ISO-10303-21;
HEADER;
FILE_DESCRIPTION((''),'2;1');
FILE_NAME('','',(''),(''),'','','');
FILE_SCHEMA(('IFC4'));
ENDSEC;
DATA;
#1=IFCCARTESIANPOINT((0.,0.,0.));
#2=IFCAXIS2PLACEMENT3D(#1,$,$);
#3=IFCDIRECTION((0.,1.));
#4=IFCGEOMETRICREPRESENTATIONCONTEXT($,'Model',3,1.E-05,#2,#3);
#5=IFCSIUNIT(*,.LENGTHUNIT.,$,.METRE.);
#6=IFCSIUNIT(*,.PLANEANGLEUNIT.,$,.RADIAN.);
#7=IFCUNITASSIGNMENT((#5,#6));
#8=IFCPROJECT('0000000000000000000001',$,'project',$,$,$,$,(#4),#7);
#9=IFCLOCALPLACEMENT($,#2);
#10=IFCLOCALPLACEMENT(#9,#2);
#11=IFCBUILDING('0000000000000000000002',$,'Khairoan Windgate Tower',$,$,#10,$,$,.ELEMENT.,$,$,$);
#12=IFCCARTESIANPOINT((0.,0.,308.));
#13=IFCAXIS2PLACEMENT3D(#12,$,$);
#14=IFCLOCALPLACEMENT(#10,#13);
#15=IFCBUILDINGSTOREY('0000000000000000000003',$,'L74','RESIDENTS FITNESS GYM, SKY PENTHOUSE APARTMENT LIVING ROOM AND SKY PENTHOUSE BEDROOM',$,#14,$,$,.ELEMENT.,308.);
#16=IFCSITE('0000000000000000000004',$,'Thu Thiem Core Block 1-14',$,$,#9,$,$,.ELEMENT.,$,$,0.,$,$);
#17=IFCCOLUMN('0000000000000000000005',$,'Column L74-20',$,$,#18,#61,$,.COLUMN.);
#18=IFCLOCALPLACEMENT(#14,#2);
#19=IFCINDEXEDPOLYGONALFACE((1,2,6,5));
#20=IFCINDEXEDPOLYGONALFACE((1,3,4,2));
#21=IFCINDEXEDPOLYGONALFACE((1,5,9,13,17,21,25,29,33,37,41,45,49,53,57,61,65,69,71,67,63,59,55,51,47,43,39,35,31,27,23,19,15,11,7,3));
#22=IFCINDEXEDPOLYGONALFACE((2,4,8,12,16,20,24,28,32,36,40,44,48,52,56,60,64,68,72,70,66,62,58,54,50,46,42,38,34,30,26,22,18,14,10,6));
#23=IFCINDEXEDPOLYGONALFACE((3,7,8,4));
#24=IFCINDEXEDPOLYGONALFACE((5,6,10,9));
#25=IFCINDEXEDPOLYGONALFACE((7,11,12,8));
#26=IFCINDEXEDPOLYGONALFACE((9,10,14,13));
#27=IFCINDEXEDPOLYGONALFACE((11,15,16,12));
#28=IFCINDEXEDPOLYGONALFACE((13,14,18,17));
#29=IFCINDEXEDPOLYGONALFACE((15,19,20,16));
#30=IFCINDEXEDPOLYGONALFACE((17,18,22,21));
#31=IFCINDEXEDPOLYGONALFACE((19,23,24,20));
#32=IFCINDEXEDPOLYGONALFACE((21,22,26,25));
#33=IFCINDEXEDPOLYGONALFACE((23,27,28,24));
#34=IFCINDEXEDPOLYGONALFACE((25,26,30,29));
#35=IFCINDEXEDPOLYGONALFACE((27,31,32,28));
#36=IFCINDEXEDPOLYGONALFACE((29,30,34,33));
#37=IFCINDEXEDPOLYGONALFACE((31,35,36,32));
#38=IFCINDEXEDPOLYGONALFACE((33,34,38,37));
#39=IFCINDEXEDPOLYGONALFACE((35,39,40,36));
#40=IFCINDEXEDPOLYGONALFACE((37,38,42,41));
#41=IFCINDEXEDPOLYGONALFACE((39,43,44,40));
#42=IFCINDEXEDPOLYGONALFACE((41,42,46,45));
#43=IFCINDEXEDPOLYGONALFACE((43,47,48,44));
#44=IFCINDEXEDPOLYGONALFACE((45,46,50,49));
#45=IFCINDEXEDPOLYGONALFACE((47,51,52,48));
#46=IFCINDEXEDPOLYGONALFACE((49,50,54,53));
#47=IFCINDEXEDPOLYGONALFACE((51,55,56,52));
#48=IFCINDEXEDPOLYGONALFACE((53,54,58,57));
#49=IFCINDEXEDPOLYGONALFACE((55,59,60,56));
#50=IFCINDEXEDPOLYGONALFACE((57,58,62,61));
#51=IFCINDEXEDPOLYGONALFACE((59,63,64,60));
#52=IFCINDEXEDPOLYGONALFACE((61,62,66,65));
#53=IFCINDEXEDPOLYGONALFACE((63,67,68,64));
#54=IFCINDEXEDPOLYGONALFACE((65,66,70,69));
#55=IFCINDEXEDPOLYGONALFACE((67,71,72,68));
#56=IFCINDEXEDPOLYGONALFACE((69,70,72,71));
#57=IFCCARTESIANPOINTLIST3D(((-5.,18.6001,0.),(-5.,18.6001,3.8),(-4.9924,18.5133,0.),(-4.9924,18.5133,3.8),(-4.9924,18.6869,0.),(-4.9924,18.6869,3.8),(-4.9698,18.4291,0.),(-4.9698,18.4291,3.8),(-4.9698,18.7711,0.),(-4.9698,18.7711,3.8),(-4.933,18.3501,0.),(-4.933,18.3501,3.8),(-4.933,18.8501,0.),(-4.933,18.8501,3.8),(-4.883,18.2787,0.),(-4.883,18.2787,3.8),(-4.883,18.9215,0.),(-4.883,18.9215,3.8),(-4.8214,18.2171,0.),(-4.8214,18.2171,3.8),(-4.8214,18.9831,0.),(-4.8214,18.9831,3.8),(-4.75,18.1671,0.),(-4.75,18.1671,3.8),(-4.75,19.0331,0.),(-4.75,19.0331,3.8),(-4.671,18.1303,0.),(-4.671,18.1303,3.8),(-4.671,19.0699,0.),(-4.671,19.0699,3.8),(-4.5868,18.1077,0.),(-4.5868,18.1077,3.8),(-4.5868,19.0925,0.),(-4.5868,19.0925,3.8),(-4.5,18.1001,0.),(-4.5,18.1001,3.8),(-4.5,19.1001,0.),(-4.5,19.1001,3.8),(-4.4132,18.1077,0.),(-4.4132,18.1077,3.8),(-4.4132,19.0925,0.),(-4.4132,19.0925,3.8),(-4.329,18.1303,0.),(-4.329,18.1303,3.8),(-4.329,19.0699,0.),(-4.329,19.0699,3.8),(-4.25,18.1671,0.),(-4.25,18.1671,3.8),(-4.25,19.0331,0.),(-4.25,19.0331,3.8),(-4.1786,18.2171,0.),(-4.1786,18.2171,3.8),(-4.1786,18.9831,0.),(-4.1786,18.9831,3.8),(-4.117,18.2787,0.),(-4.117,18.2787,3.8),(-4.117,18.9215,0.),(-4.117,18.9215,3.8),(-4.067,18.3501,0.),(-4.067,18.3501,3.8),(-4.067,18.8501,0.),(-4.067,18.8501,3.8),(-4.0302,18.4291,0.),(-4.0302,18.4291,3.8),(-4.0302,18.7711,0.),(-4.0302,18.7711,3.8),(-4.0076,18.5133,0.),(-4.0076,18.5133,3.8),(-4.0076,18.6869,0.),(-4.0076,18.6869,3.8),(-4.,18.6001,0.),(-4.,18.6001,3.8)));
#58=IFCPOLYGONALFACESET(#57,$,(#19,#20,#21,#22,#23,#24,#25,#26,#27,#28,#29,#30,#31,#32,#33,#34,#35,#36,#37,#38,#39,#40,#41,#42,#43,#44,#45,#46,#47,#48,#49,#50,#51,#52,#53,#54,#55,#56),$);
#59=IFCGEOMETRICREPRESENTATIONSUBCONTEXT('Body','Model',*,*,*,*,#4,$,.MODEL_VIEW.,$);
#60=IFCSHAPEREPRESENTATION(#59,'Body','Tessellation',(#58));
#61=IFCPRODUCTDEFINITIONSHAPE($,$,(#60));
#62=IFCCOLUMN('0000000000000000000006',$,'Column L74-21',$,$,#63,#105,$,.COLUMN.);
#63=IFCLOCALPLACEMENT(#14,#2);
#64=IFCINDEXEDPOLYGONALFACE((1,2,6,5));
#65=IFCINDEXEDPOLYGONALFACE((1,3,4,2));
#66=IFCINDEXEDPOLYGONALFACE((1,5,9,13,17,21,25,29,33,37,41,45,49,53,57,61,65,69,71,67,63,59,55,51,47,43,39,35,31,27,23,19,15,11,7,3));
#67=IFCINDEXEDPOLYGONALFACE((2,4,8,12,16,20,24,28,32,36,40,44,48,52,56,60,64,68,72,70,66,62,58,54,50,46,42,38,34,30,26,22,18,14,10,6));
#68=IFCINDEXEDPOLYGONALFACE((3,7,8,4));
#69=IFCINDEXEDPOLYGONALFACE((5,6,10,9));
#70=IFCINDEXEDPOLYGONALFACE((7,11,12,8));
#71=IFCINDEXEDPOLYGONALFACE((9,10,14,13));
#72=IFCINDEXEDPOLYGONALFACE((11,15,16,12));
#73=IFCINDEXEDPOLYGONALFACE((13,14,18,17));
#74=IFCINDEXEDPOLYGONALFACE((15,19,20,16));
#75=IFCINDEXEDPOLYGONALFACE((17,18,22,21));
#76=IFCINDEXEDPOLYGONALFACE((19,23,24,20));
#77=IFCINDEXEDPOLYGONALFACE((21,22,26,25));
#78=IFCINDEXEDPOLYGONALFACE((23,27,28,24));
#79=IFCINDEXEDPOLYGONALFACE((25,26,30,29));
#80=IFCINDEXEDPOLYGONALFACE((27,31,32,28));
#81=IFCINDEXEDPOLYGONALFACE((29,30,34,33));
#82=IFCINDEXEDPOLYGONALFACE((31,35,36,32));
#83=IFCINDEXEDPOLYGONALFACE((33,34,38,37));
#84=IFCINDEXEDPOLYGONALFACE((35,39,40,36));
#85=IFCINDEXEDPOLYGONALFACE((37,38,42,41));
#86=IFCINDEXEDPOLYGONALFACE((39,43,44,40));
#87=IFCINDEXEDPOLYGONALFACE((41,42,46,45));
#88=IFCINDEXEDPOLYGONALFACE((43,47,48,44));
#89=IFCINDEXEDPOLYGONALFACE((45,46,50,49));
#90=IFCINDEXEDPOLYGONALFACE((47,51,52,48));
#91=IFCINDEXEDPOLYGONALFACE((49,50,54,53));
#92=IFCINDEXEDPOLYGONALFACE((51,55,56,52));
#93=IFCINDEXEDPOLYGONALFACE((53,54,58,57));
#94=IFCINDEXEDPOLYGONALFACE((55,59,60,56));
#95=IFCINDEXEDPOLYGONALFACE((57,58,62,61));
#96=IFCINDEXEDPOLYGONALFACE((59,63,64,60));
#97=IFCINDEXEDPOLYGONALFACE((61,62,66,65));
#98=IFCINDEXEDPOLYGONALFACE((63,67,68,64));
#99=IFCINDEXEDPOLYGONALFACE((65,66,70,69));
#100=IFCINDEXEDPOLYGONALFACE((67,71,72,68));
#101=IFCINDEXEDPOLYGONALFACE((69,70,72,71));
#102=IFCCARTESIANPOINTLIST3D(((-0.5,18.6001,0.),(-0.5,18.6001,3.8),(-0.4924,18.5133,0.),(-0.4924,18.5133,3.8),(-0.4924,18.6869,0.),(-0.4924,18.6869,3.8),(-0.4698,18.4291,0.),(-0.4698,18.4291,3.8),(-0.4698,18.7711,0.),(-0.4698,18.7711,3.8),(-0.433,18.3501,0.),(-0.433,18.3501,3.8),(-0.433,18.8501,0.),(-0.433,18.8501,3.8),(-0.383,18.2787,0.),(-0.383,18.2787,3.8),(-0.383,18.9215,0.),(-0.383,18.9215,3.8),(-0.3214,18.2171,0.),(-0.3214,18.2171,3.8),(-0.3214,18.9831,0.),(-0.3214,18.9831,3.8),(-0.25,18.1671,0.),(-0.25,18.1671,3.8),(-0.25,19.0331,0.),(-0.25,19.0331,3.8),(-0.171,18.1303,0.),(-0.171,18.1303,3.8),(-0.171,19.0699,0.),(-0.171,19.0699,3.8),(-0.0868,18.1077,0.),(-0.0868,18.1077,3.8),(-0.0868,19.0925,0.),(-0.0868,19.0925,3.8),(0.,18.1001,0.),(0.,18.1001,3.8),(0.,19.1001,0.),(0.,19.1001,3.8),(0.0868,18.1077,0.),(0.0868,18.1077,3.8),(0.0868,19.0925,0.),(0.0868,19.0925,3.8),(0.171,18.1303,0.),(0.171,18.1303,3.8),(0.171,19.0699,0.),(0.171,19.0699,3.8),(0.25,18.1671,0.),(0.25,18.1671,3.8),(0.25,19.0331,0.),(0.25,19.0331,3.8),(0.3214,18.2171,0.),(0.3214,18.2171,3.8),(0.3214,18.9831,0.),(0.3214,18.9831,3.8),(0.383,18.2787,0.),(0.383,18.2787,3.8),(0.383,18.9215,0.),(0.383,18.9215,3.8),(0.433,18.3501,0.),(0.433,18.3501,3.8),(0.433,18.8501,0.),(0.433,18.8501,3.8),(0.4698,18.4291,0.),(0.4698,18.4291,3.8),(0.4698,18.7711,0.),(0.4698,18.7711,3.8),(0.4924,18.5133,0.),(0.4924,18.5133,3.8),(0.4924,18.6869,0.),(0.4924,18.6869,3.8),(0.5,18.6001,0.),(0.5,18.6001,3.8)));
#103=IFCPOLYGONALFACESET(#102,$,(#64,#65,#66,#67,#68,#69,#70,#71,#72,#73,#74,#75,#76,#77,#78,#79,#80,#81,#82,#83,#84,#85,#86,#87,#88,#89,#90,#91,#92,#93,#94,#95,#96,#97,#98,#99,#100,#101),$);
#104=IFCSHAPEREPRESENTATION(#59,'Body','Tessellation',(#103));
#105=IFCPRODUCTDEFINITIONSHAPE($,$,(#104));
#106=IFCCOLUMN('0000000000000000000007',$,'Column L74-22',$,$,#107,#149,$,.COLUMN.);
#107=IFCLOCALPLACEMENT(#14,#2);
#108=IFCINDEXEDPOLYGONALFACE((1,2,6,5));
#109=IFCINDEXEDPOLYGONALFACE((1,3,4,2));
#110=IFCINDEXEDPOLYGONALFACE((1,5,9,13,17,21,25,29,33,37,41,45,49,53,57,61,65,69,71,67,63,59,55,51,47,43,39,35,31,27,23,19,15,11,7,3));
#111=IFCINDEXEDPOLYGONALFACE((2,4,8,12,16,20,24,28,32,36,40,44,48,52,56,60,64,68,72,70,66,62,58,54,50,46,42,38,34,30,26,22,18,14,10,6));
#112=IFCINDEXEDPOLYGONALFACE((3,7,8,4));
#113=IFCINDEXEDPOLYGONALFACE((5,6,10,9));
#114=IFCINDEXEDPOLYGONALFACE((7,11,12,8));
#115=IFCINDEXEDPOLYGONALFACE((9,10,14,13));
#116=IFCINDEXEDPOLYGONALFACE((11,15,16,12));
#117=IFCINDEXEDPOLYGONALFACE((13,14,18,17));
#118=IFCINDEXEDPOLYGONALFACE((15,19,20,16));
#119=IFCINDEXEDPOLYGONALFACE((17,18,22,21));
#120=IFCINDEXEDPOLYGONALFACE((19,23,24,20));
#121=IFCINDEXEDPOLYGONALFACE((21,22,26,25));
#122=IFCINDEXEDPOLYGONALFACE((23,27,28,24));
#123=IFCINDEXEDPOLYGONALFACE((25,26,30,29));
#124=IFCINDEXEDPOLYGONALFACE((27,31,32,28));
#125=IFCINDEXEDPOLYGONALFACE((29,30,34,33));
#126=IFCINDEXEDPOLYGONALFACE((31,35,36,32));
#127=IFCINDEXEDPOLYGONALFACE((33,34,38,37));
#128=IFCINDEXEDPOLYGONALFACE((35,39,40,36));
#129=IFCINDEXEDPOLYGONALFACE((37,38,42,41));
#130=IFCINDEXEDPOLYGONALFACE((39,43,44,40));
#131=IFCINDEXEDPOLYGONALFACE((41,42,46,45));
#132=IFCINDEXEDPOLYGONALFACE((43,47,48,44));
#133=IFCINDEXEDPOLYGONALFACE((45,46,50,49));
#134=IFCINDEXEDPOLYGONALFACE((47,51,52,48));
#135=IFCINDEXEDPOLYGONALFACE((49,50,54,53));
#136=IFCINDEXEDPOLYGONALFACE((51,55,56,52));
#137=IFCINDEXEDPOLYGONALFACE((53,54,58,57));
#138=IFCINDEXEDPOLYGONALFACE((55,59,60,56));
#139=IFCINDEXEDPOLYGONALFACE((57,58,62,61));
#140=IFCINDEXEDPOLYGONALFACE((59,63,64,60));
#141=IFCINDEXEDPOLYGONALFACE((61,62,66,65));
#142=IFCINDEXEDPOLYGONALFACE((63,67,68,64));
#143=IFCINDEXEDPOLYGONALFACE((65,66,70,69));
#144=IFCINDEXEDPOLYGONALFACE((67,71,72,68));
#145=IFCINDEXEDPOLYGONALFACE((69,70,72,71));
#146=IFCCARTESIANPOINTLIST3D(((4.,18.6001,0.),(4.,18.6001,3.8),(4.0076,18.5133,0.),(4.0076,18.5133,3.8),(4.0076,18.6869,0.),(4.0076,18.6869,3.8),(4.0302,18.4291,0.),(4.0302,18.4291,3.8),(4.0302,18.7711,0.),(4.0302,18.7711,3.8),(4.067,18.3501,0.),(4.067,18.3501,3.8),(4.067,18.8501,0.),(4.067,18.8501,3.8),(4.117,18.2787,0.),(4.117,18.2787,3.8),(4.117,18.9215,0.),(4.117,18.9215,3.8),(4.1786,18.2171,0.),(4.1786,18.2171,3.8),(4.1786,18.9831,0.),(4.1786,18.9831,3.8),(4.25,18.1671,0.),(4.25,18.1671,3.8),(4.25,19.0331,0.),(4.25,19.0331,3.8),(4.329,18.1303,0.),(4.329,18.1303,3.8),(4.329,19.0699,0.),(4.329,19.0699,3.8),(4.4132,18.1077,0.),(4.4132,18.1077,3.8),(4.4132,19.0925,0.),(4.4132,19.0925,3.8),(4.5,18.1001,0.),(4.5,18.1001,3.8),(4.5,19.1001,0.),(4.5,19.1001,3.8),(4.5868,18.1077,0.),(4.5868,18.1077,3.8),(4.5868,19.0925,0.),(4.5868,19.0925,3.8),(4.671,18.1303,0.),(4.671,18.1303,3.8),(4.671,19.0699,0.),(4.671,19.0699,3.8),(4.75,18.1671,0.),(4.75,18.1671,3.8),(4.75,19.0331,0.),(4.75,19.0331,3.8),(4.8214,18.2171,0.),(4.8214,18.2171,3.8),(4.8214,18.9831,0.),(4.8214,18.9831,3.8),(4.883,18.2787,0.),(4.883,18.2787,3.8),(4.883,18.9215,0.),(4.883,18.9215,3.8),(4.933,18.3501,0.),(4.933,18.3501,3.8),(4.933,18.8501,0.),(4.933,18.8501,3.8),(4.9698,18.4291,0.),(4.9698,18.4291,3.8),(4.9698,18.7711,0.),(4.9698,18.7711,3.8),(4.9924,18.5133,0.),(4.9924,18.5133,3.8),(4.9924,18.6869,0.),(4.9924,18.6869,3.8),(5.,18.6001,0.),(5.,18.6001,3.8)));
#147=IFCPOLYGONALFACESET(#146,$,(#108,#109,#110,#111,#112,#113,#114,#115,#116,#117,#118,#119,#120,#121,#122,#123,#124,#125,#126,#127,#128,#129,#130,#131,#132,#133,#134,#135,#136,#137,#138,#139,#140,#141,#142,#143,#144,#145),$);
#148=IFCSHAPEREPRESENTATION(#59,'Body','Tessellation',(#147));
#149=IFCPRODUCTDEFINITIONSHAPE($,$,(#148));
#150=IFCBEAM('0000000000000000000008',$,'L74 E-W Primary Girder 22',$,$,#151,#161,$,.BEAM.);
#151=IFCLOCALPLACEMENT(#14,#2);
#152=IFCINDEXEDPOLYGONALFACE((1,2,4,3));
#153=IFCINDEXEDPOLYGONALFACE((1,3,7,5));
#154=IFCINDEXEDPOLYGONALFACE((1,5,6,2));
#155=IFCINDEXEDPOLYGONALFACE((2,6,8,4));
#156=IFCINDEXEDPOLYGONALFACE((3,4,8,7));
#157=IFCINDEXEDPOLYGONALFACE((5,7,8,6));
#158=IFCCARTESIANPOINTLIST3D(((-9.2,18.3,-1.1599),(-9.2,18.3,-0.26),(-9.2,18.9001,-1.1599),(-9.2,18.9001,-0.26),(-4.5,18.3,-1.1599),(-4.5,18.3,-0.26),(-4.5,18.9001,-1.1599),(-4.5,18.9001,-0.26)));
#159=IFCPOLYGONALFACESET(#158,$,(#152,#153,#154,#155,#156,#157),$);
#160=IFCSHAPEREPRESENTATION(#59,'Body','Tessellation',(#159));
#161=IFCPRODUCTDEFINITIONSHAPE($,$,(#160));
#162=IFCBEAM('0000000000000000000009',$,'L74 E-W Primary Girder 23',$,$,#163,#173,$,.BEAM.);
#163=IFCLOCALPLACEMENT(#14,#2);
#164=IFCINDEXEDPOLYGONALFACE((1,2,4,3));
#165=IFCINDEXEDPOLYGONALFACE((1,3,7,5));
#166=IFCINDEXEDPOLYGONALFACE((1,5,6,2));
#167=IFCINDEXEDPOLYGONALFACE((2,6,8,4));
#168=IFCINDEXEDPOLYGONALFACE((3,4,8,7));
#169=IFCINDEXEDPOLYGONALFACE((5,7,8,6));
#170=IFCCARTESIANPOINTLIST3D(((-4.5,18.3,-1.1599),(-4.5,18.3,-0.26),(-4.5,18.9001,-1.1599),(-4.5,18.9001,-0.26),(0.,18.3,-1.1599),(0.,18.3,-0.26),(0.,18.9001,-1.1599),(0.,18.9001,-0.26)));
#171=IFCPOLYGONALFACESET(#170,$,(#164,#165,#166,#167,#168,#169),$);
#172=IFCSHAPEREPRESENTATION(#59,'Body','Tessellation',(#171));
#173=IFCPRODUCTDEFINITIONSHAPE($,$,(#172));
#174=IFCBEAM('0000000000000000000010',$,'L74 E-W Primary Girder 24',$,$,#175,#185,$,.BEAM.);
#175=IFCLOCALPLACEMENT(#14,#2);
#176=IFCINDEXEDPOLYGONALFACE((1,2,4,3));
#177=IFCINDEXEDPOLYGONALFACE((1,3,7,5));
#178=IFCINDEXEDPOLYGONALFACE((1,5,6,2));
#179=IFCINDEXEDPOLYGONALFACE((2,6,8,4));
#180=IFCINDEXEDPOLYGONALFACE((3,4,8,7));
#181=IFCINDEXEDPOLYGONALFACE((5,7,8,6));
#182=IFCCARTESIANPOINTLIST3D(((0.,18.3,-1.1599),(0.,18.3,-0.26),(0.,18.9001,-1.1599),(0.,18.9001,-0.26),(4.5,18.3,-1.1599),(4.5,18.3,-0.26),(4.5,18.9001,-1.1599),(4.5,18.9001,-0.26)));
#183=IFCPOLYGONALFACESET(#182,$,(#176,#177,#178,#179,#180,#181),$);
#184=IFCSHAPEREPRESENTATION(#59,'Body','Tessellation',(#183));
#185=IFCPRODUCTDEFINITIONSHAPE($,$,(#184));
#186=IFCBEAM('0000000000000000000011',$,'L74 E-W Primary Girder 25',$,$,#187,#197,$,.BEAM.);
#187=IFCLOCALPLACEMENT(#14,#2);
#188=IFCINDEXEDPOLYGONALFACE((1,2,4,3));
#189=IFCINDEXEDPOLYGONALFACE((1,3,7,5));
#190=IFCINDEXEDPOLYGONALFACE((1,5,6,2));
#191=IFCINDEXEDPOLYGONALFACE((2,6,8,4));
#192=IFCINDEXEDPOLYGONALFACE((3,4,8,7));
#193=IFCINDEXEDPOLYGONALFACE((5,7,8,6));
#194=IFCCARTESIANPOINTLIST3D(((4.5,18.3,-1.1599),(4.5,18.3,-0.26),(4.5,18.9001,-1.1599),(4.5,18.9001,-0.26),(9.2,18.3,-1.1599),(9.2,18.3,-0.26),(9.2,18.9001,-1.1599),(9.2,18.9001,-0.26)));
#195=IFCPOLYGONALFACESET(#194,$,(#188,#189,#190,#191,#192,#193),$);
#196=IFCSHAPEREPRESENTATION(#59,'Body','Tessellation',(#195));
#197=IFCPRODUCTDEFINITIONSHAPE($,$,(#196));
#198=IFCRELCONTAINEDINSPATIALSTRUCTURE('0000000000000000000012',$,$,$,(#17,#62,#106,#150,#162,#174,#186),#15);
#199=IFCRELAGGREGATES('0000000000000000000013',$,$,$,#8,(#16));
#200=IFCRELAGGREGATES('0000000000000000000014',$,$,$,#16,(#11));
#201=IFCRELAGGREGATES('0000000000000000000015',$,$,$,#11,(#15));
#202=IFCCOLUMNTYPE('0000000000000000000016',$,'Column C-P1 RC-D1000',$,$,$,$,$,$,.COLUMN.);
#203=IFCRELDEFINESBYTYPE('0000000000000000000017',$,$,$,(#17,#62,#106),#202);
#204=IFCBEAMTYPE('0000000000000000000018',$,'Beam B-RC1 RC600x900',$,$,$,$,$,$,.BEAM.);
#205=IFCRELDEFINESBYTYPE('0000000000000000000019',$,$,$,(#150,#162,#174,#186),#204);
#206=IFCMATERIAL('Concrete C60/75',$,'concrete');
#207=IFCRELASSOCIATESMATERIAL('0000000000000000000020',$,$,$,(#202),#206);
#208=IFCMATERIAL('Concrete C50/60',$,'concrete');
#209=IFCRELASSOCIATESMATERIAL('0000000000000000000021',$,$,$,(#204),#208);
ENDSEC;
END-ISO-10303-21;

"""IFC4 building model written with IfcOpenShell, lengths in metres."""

from ifc_helpers import new_model, si_unit, direction, frame, origin, origin_2d, place, context, subcontext, project, spatial, rectangle, circle, extrude, material, material_profile, profile_set, type_object, element, save


model = new_model("IFC4")

# Units and contexts
model_context = context("Model", 3, precision=1e-05, world=origin(), true_north=direction((0.0, 1.0)))
body_context = subcontext(model_context, "Body", "Model", "MODEL_VIEW")
ifc_project = project(units=[si_unit("LENGTHUNIT", "METRE"), si_unit("PLANEANGLEUNIT", "RADIAN")], contexts=[model_context])

# Site, building, storey
site_placement = place(None, origin())
site = spatial("IfcSite", under=ifc_project, at=site_placement, Name="Thu Thiem Core Block 1-14", CompositionType="ELEMENT", RefElevation=0.0)
building_placement = place(site_placement, origin())
building = spatial("IfcBuilding", under=site, at=building_placement, Name="Khairoan Windgate Tower", CompositionType="ELEMENT")
storey_placement = place(building_placement, frame((0.0, 0.0, 308.0)))
storey = spatial("IfcBuildingStorey", under=building, at=storey_placement, Name="L74", Description="RESIDENTS FITNESS GYM, SKY PENTHOUSE APARTMENT LIVING ROOM AND SKY PENTHOUSE BEDROOM", CompositionType="ELEMENT", Elevation=308.0)

# Columns
ifc_material_1 = material(Name="Concrete C60/75", Category="concrete")
ifc_material_profile_1 = material_profile(ifc_material_1, circle(Radius=0.5, at=origin_2d()))
ifc_profile_set_1 = profile_set([ifc_material_profile_1], Name="Concrete C60/75")
column_type = type_object("IfcColumnType", Name="Column C-P1 RC-D1000", PredefinedType="COLUMN", material=ifc_profile_set_1)
for number, where, z_axis, x_axis, name in (
    (1, (-4.5, 18.6001, 0.0), (0.0, 0.0, 1.0), (1.0, 0.0, 0.0), "Column L74-20"),
    (2, (0.0, 18.6001, 0.0), (0.0, 0.0, 1.0), (1.0, 0.0, 0.0), "Column L74-21"),
    (3, (4.5, 18.6001, 0.0), (0.0, 0.0, 1.0), (1.0, 0.0, 0.0), "Column L74-22"),
):
    element("IfcColumn", number, at=place(storey_placement, frame(where, z_axis=z_axis, x_axis=x_axis)), inside=storey, type_object=column_type, Name=name, PredefinedType="COLUMN", context=body_context, shape_type="SweptSolid", body=[
        extrude(circle(Radius=0.5, at=origin_2d()), origin(), (0.0, 0.0, 1.0), 3.8),
    ])

# Beams
ifc_material_2 = material(Name="Concrete C50/60", Category="concrete")
ifc_material_profile_2 = material_profile(ifc_material_2, rectangle(XDim=0.6001, YDim=0.8999, at=origin_2d()))
ifc_profile_set_2 = profile_set([ifc_material_profile_2], Name="Concrete C50/60")
beam_type = type_object("IfcBeamType", Name="Beam B-RC1 RC600x900", PredefinedType="BEAM", material=ifc_profile_set_2)
beam_1_placement = place(storey_placement, frame((-9.2, 18.6001, -0.71), z_axis=(1.0, 0.0, 0.0), x_axis=(0.0, 1.0, 0.0)))
element("IfcBeam", 4, at=beam_1_placement, inside=storey, type_object=beam_type, Name="L74 E-W Primary Girder 22", PredefinedType="BEAM", context=body_context, shape_type="SweptSolid", body=[
    extrude(rectangle(XDim=0.6001, YDim=0.8999, at=origin_2d()), origin(), (0.0, 0.0, 1.0), 4.7),
])
for number, where, z_axis, x_axis, name in (
    (5, (-4.5, 18.6001, -0.71), (1.0, 0.0, 0.0), (0.0, 1.0, 0.0), "L74 E-W Primary Girder 23"),
    (6, (0.0, 18.6001, -0.71), (1.0, 0.0, 0.0), (0.0, 1.0, 0.0), "L74 E-W Primary Girder 24"),
):
    element("IfcBeam", number, at=place(storey_placement, frame(where, z_axis=z_axis, x_axis=x_axis)), inside=storey, type_object=beam_type, Name=name, PredefinedType="BEAM", context=body_context, shape_type="SweptSolid", body=[
        extrude(rectangle(XDim=0.6001, YDim=0.8999, at=origin_2d()), origin(), (0.0, 0.0, 1.0), 4.5),
    ])
beam_2_placement = place(storey_placement, frame((4.5, 18.6001, -0.71), z_axis=(1.0, 0.0, 0.0), x_axis=(0.0, 1.0, 0.0)))
element("IfcBeam", 7, at=beam_2_placement, inside=storey, type_object=beam_type, Name="L74 E-W Primary Girder 25", PredefinedType="BEAM", context=body_context, shape_type="SweptSolid", body=[
    extrude(rectangle(XDim=0.6001, YDim=0.8999, at=origin_2d()), origin(), (0.0, 0.0, 1.0), 4.7),
])

save(model, "model.ifc")
